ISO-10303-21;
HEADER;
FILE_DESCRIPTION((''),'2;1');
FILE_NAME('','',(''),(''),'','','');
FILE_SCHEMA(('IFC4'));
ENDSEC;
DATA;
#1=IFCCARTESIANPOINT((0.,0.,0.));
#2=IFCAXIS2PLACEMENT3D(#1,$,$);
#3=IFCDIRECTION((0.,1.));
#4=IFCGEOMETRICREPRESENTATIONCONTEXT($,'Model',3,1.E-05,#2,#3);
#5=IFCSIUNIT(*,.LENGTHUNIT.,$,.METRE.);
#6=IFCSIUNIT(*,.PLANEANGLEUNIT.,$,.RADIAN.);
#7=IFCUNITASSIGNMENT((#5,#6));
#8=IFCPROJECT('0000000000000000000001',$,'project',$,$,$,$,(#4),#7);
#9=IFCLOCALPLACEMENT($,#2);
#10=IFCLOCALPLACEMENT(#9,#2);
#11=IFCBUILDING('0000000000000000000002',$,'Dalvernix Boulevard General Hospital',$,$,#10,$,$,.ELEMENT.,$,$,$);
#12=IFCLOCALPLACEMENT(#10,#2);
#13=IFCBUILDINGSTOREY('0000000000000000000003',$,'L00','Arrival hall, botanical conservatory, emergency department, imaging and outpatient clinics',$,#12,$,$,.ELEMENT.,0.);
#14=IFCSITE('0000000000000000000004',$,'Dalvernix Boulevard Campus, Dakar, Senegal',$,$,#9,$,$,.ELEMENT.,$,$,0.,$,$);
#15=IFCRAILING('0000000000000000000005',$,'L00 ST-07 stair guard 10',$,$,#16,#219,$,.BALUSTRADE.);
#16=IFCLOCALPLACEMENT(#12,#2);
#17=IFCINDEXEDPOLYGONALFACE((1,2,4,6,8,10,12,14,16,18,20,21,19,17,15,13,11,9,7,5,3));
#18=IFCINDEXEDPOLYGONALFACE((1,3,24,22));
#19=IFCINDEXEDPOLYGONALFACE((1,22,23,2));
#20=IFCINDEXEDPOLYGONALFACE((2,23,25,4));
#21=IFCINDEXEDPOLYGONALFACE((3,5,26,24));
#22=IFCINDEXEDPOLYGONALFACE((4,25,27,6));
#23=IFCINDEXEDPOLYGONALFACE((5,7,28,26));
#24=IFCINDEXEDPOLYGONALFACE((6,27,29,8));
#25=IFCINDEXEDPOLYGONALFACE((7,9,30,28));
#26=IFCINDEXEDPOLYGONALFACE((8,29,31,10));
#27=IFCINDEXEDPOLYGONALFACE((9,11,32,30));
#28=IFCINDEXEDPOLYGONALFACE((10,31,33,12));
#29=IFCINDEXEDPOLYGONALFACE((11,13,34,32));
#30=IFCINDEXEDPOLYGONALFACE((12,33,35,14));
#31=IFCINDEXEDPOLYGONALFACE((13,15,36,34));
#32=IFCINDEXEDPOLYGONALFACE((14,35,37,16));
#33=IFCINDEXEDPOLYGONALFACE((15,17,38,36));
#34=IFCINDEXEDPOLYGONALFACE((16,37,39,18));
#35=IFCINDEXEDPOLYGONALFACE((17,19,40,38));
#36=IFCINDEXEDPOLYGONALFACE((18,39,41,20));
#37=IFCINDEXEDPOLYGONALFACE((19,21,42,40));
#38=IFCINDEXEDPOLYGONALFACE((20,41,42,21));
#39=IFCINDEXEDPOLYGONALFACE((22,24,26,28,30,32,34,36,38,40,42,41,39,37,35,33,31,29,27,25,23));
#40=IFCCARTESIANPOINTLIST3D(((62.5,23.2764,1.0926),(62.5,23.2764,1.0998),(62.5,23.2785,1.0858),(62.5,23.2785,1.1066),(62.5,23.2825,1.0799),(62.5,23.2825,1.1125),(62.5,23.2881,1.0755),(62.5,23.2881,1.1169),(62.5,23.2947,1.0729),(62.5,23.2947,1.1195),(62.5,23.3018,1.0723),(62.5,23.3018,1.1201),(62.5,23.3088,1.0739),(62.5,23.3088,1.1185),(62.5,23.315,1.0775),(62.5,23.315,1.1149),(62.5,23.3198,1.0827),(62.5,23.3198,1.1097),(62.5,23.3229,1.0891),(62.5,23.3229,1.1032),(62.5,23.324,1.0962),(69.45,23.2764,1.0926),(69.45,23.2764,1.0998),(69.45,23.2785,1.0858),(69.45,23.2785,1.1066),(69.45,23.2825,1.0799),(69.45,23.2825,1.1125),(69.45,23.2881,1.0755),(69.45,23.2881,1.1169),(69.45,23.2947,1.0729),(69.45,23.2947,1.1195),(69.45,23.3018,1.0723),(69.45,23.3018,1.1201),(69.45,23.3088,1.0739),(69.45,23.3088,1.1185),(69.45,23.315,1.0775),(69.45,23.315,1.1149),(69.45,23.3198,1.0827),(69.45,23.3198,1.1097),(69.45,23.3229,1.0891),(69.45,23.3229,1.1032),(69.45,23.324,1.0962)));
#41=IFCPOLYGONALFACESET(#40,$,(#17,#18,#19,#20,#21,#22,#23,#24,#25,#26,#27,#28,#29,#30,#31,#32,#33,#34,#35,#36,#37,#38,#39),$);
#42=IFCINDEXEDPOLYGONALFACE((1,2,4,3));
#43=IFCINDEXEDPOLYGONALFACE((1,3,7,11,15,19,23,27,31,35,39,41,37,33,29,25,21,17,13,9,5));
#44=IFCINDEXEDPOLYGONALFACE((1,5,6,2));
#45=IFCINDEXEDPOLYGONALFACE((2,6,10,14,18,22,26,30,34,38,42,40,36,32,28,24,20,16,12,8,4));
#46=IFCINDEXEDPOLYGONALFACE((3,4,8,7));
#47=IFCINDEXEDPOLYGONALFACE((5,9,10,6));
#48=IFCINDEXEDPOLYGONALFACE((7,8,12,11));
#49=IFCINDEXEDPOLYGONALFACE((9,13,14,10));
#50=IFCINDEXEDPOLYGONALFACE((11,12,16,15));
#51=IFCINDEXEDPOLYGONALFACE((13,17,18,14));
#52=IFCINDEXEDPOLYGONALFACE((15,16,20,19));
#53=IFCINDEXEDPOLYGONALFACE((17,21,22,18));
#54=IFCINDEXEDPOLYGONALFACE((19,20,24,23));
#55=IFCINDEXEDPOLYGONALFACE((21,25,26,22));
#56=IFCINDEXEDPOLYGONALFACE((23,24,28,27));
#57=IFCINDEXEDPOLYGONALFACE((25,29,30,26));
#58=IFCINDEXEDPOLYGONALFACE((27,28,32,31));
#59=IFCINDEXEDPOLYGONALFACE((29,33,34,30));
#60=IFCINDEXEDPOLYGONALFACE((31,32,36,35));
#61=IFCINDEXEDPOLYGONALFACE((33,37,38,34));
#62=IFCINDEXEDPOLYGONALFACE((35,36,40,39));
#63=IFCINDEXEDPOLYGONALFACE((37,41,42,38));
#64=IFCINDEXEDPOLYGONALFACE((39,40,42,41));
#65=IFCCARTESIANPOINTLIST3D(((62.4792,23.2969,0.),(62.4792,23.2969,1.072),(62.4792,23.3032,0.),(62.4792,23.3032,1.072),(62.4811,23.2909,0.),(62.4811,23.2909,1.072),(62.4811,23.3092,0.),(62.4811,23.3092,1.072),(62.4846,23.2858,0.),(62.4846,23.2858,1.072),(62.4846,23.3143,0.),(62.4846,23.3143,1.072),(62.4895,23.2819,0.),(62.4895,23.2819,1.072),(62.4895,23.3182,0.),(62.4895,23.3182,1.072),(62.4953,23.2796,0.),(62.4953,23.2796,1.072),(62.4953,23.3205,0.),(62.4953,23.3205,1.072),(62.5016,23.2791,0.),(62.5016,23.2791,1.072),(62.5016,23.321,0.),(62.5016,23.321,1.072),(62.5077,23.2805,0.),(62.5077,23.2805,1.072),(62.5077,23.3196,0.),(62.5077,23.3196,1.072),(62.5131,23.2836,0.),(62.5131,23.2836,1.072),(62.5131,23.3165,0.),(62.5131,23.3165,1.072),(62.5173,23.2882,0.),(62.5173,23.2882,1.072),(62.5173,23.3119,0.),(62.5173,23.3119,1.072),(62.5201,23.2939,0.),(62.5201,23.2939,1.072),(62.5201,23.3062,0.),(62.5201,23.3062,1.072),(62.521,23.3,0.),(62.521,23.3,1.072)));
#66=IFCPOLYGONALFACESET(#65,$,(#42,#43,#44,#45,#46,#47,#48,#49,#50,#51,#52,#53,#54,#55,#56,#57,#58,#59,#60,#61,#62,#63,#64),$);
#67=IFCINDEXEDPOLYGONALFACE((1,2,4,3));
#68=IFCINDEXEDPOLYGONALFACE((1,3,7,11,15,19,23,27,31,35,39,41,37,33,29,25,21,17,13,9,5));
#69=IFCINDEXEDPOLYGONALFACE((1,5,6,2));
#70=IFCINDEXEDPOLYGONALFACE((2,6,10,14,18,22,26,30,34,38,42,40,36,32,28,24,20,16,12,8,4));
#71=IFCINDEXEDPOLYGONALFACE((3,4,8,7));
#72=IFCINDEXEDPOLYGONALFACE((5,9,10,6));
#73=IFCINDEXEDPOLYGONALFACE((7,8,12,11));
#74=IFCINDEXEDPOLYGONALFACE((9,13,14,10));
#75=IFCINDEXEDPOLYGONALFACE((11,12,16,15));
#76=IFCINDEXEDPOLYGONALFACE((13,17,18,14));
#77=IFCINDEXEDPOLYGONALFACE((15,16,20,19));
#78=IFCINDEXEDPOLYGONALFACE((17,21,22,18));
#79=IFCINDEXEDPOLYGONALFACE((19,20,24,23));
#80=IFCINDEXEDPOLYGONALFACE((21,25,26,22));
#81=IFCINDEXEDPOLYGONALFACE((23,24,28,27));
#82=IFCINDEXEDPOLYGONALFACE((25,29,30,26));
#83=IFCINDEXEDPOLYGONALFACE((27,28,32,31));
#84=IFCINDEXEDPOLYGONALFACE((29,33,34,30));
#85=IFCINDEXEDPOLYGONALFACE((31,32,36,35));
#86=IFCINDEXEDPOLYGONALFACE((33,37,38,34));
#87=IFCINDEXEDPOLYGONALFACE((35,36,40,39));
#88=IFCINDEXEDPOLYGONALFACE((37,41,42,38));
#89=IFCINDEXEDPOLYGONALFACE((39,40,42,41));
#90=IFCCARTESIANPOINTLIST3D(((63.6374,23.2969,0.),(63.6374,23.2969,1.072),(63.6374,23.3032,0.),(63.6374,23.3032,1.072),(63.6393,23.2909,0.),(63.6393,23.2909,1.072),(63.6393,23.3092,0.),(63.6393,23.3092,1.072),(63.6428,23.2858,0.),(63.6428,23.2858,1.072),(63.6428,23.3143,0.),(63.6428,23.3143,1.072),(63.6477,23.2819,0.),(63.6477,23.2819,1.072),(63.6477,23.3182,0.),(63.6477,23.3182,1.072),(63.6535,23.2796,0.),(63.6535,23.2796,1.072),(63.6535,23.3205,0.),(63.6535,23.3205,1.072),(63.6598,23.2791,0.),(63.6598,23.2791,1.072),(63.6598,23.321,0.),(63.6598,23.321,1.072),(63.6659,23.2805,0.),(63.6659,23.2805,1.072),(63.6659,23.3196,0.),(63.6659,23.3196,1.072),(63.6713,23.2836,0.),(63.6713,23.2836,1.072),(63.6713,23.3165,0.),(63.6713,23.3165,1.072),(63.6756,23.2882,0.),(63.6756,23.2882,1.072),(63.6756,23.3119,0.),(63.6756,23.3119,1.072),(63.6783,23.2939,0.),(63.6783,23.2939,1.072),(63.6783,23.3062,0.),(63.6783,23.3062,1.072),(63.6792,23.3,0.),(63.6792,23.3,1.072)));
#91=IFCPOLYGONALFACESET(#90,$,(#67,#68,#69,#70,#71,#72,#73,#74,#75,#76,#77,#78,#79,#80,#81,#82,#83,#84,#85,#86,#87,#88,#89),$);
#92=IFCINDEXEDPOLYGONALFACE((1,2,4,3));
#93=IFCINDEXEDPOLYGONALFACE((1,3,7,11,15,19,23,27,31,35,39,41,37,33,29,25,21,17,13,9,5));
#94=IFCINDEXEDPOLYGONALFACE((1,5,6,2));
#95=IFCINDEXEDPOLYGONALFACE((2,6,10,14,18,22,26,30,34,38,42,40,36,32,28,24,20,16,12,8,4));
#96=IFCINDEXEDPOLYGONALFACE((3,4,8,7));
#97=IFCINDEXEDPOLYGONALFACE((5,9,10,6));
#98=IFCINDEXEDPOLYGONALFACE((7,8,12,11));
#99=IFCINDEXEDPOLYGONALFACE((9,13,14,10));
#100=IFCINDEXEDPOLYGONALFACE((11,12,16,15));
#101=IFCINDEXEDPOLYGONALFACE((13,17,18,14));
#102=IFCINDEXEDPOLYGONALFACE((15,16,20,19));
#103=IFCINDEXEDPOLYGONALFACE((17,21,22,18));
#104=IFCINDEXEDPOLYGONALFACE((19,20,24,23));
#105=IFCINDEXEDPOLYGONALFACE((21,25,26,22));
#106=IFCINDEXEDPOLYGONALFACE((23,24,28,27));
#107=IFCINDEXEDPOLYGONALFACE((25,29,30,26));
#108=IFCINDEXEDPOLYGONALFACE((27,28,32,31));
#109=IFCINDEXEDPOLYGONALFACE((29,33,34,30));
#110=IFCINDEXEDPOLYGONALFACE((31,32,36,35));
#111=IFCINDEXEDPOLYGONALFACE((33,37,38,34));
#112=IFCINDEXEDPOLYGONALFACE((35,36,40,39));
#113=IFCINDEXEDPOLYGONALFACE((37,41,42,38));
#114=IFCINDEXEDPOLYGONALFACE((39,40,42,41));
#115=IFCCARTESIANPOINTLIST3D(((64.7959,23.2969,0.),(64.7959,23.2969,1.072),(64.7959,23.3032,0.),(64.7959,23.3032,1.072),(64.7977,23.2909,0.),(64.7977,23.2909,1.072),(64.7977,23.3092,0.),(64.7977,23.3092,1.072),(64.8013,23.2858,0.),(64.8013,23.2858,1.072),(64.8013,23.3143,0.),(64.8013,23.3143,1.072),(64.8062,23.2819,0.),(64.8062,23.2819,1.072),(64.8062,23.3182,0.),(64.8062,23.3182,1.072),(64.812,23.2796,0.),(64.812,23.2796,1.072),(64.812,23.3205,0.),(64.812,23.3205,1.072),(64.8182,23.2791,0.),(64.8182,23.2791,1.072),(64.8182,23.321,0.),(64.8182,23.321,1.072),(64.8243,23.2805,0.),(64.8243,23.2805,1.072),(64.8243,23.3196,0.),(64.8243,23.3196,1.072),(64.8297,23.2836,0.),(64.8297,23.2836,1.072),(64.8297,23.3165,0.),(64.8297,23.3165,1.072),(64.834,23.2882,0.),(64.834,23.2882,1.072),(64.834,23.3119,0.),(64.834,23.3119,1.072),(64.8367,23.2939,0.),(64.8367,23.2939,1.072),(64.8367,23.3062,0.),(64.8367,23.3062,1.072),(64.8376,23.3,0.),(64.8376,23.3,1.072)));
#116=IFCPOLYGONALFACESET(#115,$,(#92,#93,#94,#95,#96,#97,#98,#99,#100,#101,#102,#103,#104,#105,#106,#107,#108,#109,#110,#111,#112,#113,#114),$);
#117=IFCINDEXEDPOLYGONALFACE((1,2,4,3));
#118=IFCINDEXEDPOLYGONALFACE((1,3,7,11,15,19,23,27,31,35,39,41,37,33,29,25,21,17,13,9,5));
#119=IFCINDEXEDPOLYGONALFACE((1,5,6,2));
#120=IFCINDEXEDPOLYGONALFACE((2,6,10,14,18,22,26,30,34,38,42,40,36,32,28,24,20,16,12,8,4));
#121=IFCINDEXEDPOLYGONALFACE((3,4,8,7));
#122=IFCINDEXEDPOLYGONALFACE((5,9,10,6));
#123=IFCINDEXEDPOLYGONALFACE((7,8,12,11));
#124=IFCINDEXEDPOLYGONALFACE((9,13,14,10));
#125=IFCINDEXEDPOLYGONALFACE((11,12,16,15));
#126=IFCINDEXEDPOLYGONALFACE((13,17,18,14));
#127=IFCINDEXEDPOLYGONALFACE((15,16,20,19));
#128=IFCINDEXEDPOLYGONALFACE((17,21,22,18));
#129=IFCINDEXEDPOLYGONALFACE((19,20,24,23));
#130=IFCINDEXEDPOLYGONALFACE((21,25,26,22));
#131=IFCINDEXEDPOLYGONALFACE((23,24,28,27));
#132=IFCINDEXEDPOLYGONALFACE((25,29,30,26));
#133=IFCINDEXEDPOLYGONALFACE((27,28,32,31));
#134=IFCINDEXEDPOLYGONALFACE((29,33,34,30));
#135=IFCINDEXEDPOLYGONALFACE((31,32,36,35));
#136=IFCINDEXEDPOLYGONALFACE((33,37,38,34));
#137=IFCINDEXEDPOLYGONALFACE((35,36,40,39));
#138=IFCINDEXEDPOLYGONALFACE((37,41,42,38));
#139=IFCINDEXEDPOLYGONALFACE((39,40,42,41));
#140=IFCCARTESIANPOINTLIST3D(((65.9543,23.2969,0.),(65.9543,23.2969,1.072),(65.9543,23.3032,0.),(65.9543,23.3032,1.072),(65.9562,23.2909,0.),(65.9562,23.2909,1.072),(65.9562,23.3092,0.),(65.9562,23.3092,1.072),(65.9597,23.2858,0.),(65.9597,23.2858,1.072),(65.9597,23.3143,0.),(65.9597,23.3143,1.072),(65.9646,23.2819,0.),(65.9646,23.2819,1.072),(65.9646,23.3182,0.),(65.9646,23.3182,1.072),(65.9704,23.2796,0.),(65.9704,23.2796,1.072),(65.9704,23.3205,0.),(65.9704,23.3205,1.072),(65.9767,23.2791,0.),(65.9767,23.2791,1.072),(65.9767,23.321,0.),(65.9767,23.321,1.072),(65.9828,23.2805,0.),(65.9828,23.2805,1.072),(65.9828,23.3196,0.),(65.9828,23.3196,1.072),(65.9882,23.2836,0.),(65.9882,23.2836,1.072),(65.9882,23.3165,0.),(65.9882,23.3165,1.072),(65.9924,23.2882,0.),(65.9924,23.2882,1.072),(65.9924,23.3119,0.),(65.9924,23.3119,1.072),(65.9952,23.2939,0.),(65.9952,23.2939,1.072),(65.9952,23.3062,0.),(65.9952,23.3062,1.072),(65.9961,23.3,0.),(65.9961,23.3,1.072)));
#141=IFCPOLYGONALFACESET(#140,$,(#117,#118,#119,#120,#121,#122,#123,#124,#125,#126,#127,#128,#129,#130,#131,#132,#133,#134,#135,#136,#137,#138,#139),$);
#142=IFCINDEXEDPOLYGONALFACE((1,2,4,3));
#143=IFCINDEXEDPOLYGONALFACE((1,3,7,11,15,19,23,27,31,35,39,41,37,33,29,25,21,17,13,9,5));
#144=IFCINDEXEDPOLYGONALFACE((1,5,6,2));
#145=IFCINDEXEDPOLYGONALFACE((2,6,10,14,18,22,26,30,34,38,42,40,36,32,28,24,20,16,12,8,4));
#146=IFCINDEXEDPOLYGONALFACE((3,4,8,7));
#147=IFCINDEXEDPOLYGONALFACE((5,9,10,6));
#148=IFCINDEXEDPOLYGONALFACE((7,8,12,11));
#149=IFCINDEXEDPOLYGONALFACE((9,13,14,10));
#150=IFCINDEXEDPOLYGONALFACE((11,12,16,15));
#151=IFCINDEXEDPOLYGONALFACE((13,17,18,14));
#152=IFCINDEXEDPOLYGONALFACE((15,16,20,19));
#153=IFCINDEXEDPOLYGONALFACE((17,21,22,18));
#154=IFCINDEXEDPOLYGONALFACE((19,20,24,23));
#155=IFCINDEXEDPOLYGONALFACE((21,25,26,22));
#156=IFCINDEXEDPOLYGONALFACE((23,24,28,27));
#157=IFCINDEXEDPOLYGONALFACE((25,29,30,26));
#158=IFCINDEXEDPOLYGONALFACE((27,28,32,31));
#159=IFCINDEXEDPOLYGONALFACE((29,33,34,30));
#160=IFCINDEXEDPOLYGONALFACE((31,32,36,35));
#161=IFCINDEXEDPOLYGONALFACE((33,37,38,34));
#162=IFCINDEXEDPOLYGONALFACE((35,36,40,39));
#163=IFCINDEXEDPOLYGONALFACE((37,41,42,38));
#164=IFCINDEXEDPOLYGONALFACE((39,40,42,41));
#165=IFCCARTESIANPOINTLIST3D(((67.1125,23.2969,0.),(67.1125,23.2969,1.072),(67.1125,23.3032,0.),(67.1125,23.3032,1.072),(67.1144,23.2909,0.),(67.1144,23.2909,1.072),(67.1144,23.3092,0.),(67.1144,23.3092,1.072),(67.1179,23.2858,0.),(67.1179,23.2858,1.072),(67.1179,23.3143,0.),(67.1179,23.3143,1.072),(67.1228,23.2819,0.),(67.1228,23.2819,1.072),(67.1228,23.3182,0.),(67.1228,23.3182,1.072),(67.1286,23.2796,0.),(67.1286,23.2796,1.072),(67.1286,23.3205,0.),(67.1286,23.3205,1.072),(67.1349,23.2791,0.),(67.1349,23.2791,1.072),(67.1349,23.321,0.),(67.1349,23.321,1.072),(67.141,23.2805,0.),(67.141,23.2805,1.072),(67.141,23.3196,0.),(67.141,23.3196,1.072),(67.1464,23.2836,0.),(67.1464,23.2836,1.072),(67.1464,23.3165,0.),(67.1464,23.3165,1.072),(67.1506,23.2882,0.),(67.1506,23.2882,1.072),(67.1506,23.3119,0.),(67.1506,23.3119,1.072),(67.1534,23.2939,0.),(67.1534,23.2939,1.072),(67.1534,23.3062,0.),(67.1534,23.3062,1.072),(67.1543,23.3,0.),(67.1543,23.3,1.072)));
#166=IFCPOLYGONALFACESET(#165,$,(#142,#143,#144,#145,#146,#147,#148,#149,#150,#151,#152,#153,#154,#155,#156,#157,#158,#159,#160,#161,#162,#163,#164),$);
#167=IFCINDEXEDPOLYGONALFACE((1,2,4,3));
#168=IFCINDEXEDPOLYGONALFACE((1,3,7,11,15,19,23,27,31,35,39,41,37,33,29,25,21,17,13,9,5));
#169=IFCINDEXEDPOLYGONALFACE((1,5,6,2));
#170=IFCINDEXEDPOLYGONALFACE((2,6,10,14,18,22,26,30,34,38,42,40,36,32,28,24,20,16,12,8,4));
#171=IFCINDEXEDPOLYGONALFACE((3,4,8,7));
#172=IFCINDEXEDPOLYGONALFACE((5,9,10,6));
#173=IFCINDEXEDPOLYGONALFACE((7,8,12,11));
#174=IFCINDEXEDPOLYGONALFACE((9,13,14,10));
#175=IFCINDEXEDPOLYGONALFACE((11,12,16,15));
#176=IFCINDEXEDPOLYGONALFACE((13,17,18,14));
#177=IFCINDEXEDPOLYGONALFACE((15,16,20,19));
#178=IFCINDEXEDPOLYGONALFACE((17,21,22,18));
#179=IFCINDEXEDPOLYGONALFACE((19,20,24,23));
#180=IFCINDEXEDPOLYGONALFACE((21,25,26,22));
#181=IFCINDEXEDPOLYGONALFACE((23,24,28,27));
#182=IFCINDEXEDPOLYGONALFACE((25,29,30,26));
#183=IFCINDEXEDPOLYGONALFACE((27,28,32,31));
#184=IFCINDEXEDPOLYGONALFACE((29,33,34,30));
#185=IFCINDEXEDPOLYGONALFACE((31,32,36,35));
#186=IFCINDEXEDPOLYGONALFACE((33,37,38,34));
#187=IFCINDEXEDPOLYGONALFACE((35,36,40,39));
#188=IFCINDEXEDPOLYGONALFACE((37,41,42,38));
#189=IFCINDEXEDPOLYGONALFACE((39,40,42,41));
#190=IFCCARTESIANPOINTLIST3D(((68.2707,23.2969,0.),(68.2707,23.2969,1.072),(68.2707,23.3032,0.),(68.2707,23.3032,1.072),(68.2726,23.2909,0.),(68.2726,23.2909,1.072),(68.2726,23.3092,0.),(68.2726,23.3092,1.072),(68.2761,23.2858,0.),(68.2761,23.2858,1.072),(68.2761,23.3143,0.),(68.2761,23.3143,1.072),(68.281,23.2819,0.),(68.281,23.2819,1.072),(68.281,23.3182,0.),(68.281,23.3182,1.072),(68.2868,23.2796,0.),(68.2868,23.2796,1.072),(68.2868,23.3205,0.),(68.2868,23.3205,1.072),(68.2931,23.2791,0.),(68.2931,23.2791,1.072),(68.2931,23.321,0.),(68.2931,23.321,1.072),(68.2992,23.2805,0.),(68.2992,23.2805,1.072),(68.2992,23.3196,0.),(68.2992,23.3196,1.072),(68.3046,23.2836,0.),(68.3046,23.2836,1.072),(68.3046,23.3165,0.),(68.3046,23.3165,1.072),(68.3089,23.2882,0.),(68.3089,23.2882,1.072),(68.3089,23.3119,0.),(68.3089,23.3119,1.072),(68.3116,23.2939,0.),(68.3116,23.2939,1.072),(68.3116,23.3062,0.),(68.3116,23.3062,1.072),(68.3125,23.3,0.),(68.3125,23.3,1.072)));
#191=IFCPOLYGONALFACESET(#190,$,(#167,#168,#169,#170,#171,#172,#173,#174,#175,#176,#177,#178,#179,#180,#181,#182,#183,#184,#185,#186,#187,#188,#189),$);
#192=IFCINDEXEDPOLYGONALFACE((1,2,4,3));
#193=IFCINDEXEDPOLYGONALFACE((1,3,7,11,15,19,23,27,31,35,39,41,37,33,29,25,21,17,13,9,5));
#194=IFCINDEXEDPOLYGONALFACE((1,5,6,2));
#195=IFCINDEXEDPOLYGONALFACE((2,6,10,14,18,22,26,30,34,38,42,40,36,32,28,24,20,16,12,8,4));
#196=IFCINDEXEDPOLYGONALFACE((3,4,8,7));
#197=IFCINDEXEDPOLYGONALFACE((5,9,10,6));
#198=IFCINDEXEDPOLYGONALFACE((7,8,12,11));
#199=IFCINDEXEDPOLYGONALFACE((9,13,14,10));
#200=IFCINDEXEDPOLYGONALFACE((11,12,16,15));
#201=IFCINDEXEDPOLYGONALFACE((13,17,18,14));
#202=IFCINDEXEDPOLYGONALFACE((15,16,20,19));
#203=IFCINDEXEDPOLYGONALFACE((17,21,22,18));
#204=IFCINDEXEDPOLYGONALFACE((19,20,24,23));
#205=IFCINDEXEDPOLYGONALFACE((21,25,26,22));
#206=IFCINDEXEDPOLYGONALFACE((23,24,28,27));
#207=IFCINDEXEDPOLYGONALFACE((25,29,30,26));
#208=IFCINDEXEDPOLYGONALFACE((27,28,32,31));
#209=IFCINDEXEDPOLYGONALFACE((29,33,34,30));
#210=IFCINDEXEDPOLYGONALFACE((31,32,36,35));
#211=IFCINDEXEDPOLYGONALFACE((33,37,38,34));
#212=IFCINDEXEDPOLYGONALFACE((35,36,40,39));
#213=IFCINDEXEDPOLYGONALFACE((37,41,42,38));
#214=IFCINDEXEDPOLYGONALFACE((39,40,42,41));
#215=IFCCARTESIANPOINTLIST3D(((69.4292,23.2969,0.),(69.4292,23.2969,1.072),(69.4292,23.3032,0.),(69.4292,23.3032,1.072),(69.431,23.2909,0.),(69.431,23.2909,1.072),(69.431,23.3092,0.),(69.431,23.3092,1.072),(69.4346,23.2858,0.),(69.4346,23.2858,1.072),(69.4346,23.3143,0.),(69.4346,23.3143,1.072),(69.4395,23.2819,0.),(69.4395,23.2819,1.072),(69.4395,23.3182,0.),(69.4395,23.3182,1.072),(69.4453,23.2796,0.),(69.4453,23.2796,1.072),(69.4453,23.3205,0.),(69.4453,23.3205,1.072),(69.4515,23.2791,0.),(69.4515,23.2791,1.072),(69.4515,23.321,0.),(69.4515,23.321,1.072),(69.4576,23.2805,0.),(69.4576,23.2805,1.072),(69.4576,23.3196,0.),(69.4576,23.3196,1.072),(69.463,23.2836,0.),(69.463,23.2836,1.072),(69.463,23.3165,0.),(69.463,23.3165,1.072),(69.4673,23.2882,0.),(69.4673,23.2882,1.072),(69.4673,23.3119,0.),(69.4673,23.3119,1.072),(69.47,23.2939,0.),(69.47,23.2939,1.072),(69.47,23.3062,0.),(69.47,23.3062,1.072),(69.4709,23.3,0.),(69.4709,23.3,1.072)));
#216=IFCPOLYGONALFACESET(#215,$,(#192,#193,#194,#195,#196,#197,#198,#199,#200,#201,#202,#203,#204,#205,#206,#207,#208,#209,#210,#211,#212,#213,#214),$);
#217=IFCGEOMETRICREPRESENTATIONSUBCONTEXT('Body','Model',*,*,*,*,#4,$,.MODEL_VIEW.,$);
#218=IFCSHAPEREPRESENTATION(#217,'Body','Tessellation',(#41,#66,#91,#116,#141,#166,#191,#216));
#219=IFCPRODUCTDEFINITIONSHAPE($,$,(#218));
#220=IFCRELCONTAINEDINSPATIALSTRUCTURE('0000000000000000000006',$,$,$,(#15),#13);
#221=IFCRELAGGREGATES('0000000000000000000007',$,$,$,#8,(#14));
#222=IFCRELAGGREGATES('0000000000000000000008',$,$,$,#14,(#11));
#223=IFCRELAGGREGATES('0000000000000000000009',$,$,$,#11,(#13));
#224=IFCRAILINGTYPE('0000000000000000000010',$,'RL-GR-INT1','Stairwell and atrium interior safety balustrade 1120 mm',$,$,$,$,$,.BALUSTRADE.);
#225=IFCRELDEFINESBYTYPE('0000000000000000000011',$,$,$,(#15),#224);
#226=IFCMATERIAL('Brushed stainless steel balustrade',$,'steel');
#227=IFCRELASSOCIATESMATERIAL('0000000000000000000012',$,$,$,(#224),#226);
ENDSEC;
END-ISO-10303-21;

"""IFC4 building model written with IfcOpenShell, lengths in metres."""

from ifc_helpers import new_model, si_unit, direction, frame, origin, origin_2d, place, context, subcontext, project, spatial, circle, extrude, material, type_object, element, save


model = new_model("IFC4")

# Units and contexts
model_context = context("Model", 3, precision=1e-05, world=origin(), true_north=direction((0.0, 1.0)))
body_context = subcontext(model_context, "Body", "Model", "MODEL_VIEW")
ifc_project = project(units=[si_unit("LENGTHUNIT", "METRE"), si_unit("PLANEANGLEUNIT", "RADIAN")], contexts=[model_context])

# Site, building, storey
site_placement = place(None, origin())
site = spatial("IfcSite", under=ifc_project, at=site_placement, Name="Dalvernix Boulevard Campus, Dakar, Senegal", CompositionType="ELEMENT", RefElevation=0.0)
building_placement = place(site_placement, origin())
building = spatial("IfcBuilding", under=site, at=building_placement, Name="Dalvernix Boulevard General Hospital", CompositionType="ELEMENT")
storey_placement = place(building_placement, origin())
storey = spatial("IfcBuildingStorey", under=building, at=storey_placement, Name="L00", Description="Arrival hall, botanical conservatory, emergency department, imaging and outpatient clinics", CompositionType="ELEMENT", Elevation=0.0)

# Railing
ifc_material_1 = material(Name="Brushed stainless steel balustrade", Category="steel")
railing_type = type_object("IfcRailingType", Name="RL-GR-INT1", Description="Stairwell and atrium interior safety balustrade 1120 mm", PredefinedType="BALUSTRADE", material=ifc_material_1)
for number, where, name in (
    (1, (62.5, 23.3, 0.0), "L00 ST-07 stair guard 10"),
):
    element("IfcRailing", number, at=place(storey_placement, frame(where)), inside=storey, type_object=railing_type, Name=name, PredefinedType="BALUSTRADE", context=body_context, shape_type="SweptSolid", body=[
        extrude(circle(Radius=0.0239, at=origin_2d()), frame((0.0, 0.0, 1.0962), z_axis=(1.0, 0.0, 0.0), x_axis=(0.0, 1.0, 0.0)), (0.0, 0.0, 1.0), 6.95),
        extrude(circle(Radius=0.021, at=origin_2d()), origin(), (0.0, 0.0, 1.0), 1.072),
        extrude(circle(Radius=0.021, at=origin_2d()), frame((1.1582, 0.0, 0.0)), (0.0, 0.0, 1.0), 1.072),
        extrude(circle(Radius=0.021, at=origin_2d()), frame((2.3167, 0.0, 0.0)), (0.0, 0.0, 1.0), 1.072),
        extrude(circle(Radius=0.021, at=origin_2d()), frame((3.4751, 0.0, 0.0)), (0.0, 0.0, 1.0), 1.072),
        extrude(circle(Radius=0.021, at=origin_2d()), frame((4.6333, 0.0, 0.0)), (0.0, 0.0, 1.0), 1.072),
        extrude(circle(Radius=0.021, at=origin_2d()), frame((5.7915, 0.0, 0.0)), (0.0, 0.0, 1.0), 1.072),
        extrude(circle(Radius=0.021, at=origin_2d()), frame((6.95, 0.0, 0.0)), (0.0, 0.0, 1.0), 1.072),
    ])

save(model, "model.ifc")
